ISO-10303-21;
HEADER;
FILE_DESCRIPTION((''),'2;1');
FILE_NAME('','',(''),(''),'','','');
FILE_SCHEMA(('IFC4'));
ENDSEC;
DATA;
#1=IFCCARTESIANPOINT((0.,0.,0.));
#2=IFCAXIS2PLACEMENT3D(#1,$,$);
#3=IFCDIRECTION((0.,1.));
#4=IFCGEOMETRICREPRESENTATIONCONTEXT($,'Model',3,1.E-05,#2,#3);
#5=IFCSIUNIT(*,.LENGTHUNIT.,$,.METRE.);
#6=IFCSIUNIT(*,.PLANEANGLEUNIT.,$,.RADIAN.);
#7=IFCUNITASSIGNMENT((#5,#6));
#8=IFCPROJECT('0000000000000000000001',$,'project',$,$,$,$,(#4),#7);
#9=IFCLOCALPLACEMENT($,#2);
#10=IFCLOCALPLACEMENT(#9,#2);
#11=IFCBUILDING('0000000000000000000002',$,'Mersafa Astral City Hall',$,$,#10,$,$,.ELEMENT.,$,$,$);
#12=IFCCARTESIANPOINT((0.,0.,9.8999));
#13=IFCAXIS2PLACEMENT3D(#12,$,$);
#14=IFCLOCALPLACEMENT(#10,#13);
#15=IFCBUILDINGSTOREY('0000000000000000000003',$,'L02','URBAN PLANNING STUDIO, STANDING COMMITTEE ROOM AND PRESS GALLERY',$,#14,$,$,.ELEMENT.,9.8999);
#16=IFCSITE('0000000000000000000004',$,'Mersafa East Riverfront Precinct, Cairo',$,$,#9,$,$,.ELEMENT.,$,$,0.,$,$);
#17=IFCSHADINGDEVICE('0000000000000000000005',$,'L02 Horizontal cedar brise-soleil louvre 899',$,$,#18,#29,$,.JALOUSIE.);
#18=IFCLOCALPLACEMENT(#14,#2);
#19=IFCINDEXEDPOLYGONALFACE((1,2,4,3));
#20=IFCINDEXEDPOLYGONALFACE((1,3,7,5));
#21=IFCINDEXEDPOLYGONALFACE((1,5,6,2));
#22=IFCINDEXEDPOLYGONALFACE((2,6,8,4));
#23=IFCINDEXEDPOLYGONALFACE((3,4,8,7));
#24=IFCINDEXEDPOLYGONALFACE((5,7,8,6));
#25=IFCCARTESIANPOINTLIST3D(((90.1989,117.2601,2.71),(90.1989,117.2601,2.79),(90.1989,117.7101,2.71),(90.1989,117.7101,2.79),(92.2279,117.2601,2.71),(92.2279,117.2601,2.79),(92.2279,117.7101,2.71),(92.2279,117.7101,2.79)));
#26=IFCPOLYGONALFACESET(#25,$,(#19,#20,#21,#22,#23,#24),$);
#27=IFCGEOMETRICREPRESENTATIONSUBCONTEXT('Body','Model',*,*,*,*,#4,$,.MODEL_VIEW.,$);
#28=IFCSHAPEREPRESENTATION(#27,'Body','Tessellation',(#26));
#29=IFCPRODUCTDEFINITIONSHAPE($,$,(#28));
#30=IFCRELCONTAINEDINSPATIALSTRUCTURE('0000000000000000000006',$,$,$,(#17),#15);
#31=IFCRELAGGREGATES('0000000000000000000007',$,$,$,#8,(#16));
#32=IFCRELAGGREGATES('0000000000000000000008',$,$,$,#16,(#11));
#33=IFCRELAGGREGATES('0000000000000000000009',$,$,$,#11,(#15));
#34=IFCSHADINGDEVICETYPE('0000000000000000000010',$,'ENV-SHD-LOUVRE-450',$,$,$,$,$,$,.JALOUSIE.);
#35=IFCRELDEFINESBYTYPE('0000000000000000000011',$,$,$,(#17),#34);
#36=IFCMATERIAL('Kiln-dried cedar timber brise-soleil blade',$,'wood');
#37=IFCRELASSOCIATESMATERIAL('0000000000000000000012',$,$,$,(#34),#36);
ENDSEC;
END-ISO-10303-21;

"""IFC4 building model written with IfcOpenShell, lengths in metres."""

from ifc_helpers import new_model, si_unit, direction, frame, origin, origin_2d, place, context, subcontext, project, spatial, rectangle, extrude, material, type_object, element, save


model = new_model("IFC4")

# Units and contexts
model_context = context("Model", 3, precision=1e-05, world=origin(), true_north=direction((0.0, 1.0)))
body_context = subcontext(model_context, "Body", "Model", "MODEL_VIEW")
ifc_project = project(units=[si_unit("LENGTHUNIT", "METRE"), si_unit("PLANEANGLEUNIT", "RADIAN")], contexts=[model_context])

# Site, building, storey
site_placement = place(None, origin())
site = spatial("IfcSite", under=ifc_project, at=site_placement, Name="Mersafa East Riverfront Precinct, Cairo", CompositionType="ELEMENT", RefElevation=0.0)
building_placement = place(site_placement, origin())
building = spatial("IfcBuilding", under=site, at=building_placement, Name="Mersafa Astral City Hall", CompositionType="ELEMENT")
storey_placement = place(building_placement, frame((0.0, 0.0, 9.8999)))
storey = spatial("IfcBuildingStorey", under=building, at=storey_placement, Name="L02", Description="URBAN PLANNING STUDIO, STANDING COMMITTEE ROOM AND PRESS GALLERY", CompositionType="ELEMENT", Elevation=9.8999)

# Shading device
ifc_material_1 = material(Name="Kiln-dried cedar timber brise-soleil blade", Category="wood")
shading_device_type_1 = type_object("IfcShadingDeviceType", Name="ENV-SHD-LOUVRE-450", PredefinedType="JALOUSIE", material=ifc_material_1)
shading_device_1_placement = place(storey_placement, frame((91.2134, 117.4851, 2.71), z_axis=(0.0, 0.0, 1.0), x_axis=(1.0, 0.0, 0.0)))
element("IfcShadingDevice", 1, at=shading_device_1_placement, inside=storey, type_object=shading_device_type_1, Name="L02 Horizontal cedar brise-soleil louvre 899", PredefinedType="JALOUSIE", context=body_context, shape_type="SweptSolid", body=[
    extrude(rectangle(XDim=2.0291, YDim=0.45, at=origin_2d()), origin(), (0.0, 0.0, 1.0), 0.0801),
])

save(model, "model.ifc")
